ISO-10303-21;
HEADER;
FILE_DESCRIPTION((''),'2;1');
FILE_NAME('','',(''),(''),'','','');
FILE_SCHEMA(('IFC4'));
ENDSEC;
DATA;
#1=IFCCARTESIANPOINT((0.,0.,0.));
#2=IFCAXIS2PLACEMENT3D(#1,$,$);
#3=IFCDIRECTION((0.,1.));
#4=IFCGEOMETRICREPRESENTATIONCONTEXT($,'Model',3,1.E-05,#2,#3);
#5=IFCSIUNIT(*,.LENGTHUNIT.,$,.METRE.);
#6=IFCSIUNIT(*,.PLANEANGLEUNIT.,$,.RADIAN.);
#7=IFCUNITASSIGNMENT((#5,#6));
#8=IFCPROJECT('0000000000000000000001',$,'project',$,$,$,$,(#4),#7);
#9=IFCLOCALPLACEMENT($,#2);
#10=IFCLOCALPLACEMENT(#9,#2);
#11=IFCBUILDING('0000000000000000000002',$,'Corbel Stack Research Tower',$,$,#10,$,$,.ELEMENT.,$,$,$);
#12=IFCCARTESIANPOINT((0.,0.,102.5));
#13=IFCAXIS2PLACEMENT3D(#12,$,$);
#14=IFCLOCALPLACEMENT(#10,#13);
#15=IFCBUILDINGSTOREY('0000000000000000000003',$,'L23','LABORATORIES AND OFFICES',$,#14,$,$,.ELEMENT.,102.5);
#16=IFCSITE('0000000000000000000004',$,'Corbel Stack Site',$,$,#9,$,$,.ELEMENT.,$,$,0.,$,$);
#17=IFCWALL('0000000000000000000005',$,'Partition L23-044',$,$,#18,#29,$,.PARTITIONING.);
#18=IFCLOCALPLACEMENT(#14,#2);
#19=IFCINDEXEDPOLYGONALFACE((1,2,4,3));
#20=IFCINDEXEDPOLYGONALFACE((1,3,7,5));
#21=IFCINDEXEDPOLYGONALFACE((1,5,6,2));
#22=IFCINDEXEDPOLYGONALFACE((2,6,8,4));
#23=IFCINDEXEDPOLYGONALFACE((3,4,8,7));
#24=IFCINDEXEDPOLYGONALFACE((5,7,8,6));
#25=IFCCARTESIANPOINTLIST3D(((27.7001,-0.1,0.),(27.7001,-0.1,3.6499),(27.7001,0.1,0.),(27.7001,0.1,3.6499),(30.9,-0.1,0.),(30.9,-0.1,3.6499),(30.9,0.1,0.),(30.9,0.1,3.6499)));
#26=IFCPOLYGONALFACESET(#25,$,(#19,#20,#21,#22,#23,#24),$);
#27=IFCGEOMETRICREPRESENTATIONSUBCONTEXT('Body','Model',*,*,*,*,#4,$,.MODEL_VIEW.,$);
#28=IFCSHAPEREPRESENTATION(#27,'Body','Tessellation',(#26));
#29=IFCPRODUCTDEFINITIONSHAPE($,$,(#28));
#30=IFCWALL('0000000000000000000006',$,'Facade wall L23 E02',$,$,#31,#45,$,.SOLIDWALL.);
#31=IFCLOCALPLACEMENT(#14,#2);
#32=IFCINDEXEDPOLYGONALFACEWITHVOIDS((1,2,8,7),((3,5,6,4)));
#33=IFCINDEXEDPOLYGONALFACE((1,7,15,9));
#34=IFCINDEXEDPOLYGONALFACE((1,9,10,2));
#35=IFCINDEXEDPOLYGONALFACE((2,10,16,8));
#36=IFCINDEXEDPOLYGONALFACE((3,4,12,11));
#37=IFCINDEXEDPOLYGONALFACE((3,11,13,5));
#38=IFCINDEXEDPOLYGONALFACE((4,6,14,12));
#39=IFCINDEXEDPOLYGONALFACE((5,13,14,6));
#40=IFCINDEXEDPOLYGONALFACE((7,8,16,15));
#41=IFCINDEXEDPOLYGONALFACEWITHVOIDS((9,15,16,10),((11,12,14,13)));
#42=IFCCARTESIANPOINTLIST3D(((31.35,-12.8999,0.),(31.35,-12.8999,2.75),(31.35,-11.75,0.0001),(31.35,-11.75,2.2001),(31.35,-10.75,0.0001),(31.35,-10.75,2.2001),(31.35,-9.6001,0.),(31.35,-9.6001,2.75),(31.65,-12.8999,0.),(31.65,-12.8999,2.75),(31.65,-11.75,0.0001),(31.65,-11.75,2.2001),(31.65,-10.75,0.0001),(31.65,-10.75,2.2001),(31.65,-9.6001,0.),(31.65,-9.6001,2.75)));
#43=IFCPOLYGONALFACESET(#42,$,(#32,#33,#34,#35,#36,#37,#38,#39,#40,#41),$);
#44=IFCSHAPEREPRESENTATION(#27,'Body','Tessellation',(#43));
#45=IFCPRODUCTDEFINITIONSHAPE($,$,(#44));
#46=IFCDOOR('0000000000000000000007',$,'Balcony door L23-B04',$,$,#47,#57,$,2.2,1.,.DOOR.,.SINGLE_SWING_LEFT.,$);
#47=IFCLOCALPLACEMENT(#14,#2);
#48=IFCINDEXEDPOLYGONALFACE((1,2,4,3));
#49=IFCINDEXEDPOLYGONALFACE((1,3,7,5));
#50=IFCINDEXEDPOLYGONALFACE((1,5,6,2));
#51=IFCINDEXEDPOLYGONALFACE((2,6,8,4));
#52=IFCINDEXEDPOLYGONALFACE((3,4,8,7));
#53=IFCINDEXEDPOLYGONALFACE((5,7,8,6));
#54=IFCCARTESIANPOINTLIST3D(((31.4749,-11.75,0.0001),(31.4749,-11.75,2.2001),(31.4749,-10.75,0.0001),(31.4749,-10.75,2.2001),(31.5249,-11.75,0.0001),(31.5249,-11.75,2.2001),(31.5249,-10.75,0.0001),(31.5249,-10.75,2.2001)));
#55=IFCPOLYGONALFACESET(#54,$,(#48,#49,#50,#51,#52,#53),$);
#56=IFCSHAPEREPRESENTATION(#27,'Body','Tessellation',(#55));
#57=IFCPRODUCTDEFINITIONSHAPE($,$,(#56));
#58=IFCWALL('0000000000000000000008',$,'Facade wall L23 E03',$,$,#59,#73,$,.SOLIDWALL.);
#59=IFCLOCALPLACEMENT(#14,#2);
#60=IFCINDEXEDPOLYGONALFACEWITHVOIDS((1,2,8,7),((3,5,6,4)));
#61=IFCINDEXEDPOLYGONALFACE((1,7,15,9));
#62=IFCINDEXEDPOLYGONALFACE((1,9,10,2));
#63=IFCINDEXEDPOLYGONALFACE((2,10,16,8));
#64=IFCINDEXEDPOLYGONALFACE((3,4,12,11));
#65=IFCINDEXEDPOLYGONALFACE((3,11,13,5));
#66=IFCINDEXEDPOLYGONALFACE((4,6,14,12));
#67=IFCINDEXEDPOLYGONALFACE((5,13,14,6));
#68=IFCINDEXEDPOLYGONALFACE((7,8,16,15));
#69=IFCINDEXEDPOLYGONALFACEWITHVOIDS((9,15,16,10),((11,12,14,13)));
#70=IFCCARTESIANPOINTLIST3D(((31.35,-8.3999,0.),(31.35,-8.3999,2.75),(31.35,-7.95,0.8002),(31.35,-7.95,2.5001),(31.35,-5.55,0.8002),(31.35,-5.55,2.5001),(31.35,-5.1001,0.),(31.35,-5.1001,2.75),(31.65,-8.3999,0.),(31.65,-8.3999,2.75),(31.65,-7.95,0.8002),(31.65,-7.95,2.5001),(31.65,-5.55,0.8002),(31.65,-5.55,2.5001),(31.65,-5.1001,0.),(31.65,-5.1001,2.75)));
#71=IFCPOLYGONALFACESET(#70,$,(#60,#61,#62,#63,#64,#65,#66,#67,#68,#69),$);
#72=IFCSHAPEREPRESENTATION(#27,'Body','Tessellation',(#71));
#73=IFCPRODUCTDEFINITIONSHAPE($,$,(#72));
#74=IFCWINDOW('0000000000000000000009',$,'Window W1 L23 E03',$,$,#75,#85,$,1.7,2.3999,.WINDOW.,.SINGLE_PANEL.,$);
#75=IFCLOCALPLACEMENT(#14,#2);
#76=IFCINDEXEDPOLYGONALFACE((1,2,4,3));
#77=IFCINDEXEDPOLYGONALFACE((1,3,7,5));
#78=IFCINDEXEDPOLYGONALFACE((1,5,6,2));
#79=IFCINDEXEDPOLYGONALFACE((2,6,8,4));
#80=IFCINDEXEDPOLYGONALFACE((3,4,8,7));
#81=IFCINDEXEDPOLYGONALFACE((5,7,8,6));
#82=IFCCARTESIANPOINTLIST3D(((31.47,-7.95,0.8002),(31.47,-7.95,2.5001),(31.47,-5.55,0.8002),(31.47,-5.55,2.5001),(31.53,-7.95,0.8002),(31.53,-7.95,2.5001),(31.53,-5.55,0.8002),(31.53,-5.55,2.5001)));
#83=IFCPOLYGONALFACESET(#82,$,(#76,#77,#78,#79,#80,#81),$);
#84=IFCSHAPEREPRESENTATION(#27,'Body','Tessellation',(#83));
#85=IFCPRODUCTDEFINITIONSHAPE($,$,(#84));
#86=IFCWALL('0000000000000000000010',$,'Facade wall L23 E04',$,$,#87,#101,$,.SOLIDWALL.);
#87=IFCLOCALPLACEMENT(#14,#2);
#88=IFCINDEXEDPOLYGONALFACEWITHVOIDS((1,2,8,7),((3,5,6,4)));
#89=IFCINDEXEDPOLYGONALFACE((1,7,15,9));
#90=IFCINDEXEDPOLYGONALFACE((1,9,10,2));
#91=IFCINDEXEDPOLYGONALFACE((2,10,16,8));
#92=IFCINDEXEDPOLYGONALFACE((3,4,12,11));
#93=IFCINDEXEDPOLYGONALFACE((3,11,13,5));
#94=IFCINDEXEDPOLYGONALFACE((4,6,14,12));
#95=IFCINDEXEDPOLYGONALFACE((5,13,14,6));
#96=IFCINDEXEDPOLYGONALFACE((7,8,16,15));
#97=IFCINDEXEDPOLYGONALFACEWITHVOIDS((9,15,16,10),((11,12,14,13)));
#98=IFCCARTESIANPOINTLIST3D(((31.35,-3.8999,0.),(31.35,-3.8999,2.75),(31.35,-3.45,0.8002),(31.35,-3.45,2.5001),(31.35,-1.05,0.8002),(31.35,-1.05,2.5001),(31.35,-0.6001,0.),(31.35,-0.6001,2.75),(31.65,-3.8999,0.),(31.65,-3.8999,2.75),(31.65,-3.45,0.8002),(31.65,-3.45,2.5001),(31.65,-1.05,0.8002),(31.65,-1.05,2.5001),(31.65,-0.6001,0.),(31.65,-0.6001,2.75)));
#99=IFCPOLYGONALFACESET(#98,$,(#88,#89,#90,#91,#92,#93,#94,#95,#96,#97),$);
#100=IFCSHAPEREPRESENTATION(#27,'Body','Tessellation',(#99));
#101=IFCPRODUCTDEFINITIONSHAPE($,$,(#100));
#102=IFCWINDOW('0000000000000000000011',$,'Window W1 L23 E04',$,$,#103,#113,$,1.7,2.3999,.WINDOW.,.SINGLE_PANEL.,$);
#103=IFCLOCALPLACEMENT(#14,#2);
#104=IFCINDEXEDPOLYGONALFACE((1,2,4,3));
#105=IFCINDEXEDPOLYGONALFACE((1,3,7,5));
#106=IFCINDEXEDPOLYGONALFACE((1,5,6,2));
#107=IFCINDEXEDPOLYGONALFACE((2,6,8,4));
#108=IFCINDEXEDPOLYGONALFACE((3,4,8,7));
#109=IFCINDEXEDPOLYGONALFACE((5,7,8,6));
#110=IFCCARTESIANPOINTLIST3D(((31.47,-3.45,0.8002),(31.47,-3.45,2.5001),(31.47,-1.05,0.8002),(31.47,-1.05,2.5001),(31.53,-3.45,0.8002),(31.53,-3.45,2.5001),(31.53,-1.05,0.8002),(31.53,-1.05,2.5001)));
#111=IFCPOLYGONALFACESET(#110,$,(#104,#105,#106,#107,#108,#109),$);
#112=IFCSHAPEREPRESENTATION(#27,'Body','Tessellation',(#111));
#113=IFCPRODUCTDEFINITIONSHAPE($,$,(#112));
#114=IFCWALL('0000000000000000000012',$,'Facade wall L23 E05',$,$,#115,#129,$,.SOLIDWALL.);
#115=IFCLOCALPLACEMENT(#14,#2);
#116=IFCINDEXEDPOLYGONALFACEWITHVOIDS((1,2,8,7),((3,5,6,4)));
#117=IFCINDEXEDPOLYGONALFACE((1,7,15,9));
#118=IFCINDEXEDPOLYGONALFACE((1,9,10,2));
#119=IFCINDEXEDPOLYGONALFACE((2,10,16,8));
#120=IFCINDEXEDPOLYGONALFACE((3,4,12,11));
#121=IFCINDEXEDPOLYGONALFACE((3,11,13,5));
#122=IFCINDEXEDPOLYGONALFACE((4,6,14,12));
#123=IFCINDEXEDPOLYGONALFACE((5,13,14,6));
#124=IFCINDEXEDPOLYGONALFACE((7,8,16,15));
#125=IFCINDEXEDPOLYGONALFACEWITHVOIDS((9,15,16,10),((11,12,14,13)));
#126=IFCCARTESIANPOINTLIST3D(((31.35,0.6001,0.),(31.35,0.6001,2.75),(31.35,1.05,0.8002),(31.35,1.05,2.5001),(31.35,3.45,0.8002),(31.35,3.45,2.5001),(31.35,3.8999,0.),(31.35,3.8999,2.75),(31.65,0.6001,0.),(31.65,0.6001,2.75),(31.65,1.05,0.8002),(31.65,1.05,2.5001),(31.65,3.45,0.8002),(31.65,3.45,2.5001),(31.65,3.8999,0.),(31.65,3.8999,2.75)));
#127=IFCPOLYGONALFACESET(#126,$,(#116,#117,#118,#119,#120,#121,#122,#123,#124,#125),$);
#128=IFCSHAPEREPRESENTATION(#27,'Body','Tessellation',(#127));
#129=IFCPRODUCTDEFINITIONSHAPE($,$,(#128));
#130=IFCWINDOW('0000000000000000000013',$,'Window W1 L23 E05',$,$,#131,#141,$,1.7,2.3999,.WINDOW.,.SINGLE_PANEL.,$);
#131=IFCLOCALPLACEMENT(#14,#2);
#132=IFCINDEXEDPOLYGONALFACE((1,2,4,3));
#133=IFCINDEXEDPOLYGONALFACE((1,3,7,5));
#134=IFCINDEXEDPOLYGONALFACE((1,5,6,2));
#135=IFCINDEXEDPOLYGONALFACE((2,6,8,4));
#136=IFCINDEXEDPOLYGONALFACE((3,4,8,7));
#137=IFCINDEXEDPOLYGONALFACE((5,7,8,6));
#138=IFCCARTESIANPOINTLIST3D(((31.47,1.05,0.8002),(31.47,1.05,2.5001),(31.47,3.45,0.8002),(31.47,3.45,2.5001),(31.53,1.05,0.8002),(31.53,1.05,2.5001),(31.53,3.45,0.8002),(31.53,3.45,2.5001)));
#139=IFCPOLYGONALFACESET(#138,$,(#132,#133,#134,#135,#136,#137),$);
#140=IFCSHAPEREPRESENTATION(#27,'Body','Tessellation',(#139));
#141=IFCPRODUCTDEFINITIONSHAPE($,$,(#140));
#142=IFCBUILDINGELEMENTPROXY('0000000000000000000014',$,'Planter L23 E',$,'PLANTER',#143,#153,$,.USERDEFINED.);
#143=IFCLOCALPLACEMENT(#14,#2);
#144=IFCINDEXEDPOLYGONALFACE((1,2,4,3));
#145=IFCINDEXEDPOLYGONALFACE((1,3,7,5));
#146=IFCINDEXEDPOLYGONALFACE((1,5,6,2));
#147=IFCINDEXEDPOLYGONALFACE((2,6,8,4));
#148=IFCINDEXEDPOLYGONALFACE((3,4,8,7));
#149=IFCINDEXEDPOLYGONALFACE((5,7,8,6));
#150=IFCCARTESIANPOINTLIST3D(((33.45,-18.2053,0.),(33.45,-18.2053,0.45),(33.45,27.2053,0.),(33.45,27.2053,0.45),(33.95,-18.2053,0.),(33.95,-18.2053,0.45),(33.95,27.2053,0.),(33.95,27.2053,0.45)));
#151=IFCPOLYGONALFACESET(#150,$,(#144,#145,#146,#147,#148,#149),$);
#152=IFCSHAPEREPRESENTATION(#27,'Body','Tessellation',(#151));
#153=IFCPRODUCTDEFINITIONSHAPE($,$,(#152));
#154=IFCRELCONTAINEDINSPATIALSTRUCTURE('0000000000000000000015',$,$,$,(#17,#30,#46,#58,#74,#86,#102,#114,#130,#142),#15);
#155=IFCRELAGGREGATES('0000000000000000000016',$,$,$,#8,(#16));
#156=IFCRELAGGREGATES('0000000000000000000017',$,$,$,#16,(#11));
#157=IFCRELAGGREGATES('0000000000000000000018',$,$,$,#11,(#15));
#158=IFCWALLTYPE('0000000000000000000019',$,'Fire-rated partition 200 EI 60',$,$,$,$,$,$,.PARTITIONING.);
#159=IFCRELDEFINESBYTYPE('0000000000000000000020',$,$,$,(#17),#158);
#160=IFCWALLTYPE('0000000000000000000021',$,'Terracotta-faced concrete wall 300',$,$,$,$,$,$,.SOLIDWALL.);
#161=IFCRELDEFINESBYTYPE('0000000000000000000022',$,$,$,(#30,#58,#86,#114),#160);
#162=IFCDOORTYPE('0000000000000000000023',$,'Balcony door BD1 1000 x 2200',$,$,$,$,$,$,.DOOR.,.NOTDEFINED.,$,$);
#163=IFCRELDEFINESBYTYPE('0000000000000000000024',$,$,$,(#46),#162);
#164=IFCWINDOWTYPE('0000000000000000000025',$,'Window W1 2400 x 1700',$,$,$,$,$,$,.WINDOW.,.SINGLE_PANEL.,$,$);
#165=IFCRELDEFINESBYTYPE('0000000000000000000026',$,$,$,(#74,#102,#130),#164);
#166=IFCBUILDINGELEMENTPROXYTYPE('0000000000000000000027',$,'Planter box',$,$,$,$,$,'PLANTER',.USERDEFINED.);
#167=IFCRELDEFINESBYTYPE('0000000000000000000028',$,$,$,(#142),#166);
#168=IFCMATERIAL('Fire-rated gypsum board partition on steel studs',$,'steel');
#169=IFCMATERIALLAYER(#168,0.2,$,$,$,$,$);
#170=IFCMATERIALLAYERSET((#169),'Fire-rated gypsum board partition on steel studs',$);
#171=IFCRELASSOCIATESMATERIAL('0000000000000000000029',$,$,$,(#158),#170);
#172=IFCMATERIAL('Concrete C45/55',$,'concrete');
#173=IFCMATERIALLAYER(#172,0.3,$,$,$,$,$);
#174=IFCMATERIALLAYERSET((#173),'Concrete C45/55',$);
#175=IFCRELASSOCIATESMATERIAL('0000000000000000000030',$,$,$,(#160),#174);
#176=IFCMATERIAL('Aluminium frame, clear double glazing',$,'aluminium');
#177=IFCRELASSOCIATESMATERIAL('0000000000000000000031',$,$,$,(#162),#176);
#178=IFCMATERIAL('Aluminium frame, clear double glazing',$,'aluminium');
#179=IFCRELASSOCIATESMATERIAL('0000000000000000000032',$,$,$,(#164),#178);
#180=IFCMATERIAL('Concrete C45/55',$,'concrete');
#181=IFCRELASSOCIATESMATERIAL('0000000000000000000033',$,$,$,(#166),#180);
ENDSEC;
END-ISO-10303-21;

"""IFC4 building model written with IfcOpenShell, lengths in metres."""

from ifc_helpers import new_model, si_unit, direction, frame, frame_2d, origin, origin_2d, place, context, subcontext, project, spatial, rectangle, extrude, material, layer, layer_set, type_object, element, fill, save


model = new_model("IFC4")

# Units and contexts
model_context = context("Model", 3, precision=1e-05, world=origin(), true_north=direction((0.0, 1.0)))
body_context = subcontext(model_context, "Body", "Model", "MODEL_VIEW")
ifc_project = project(units=[si_unit("LENGTHUNIT", "METRE"), si_unit("PLANEANGLEUNIT", "RADIAN")], contexts=[model_context])

# Site, building, storey
site_placement = place(None, origin())
site = spatial("IfcSite", under=ifc_project, at=site_placement, Name="Corbel Stack Site", CompositionType="ELEMENT", RefElevation=0.0)
building_placement = place(site_placement, origin())
building = spatial("IfcBuilding", under=site, at=building_placement, Name="Corbel Stack Research Tower", CompositionType="ELEMENT")
storey_placement = place(building_placement, frame((0.0, 0.0, 102.5)))
storey = spatial("IfcBuildingStorey", under=building, at=storey_placement, Name="L23", Description="LABORATORIES AND OFFICES", CompositionType="ELEMENT", Elevation=102.5)

# Wall
ifc_material_1 = material(Name="Fire-rated gypsum board partition on steel studs", Category="steel")
ifc_layer_1 = layer(ifc_material_1, 0.2)
ifc_layer_set_1 = layer_set([ifc_layer_1], Name="Fire-rated gypsum board partition on steel studs")
wall_type_1 = type_object("IfcWallType", Name="Fire-rated partition 200 EI 60", PredefinedType="PARTITIONING", material=ifc_layer_set_1)
wall_1_placement = place(storey_placement, frame((27.7, 0.0, 0.0), z_axis=(0.0, 0.0, 1.0), x_axis=(1.0, 0.0, 0.0)))
element("IfcWall", 1, at=wall_1_placement, inside=storey, type_object=wall_type_1, Name="Partition L23-044", PredefinedType="PARTITIONING", context=body_context, shape_type="SweptSolid", body=[
    extrude(rectangle(XDim=3.2, YDim=0.2, at=frame_2d((1.6001, 0.0))), origin(), (0.0, 0.0, 1.0), 3.6499),
])

# Wall, opening, door
ifc_material_2 = material(Name="Concrete C45/55", Category="concrete")
ifc_layer_2 = layer(ifc_material_2, 0.3)
ifc_layer_set_2 = layer_set([ifc_layer_2], Name="Concrete C45/55")
wall_type_2 = type_object("IfcWallType", Name="Terracotta-faced concrete wall 300", PredefinedType="SOLIDWALL", material=ifc_layer_set_2)
wall_2_placement = place(storey_placement, frame((31.5, -9.6001, 0.0), z_axis=(0.0, 0.0, 1.0), x_axis=(0.0, -1.0, 0.0)))
wall_2 = element("IfcWall", 2, at=wall_2_placement, inside=storey, type_object=wall_type_2, Name="Facade wall L23 E02", PredefinedType="SOLIDWALL", context=body_context, shape_type="SweptSolid", body=[
    extrude(rectangle(XDim=3.2998, YDim=0.3, at=frame_2d((1.6499, 0.0))), origin(), (0.0, 0.0, 1.0), 2.75),
])
opening_1_placement = place(wall_2_placement, frame((1.1499, 0.0, 0.0)))
opening_1 = element("IfcOpeningElement", 3, at=opening_1_placement, cuts=wall_2, PredefinedType="OPENING", context=body_context, shape_type="SweptSolid", body=[
    extrude(rectangle(XDim=1.0, YDim=2.2, at=frame_2d((0.5, 1.1001))), frame((0.0, 0.1599, 0.0), z_axis=(0.0, -1.0, 0.0), x_axis=(1.0, 0.0, 0.0)), (0.0, 0.0, 1.0), 0.3201),
])
ifc_material_3 = material(Name="Aluminium frame, clear double glazing", Category="aluminium")
door_type = type_object("IfcDoorType", Name="Balcony door BD1 1000 x 2200", OperationType="NOTDEFINED", PredefinedType="DOOR", material=ifc_material_3)
door_placement = place(opening_1_placement, origin())
door = element("IfcDoor", 4, at=door_placement, inside=storey, type_object=door_type, Name="Balcony door L23-B04", OperationType="SINGLE_SWING_LEFT", OverallHeight=2.2, OverallWidth=1.0, PredefinedType="DOOR", context=body_context, shape_type="SweptSolid", body=[
    extrude(rectangle(XDim=1.0, YDim=2.2, at=frame_2d((0.5, 1.1001))), frame((0.0, 0.0249, 0.0), z_axis=(0.0, -1.0, 0.0), x_axis=(1.0, 0.0, 0.0)), (0.0, 0.0, 1.0), 0.05),
])
fill(opening_1, door)

# Walls, openings, windows
wall_3_placement = place(storey_placement, frame((31.5, -5.1001, 0.0), z_axis=(0.0, 0.0, 1.0), x_axis=(0.0, -1.0, 0.0)))
wall_3 = element("IfcWall", 5, at=wall_3_placement, inside=storey, type_object=wall_type_2, Name="Facade wall L23 E03", PredefinedType="SOLIDWALL", context=body_context, shape_type="SweptSolid", body=[
    extrude(rectangle(XDim=3.2998, YDim=0.3, at=frame_2d((1.6499, 0.0))), origin(), (0.0, 0.0, 1.0), 2.75),
])
opening_2_placement = place(wall_3_placement, frame((0.45, 0.0, 0.8)))
opening_2 = element("IfcOpeningElement", 6, at=opening_2_placement, cuts=wall_3, PredefinedType="OPENING", context=body_context, shape_type="SweptSolid", body=[
    extrude(rectangle(XDim=2.3999, YDim=1.7, at=frame_2d((1.2, 0.8501))), frame((0.0, 0.1599, 0.0), z_axis=(0.0, -1.0, 0.0), x_axis=(1.0, 0.0, 0.0)), (0.0, 0.0, 1.0), 0.3201),
])
ifc_material_4 = material(Name="Aluminium frame, clear double glazing", Category="aluminium")
window_type = type_object("IfcWindowType", Name="Window W1 2400 x 1700", PartitioningType="SINGLE_PANEL", PredefinedType="WINDOW", material=ifc_material_4)
window_1_placement = place(opening_2_placement, origin())
window_1 = element("IfcWindow", 7, at=window_1_placement, inside=storey, type_object=window_type, Name="Window W1 L23 E03", OverallHeight=1.7, OverallWidth=2.3999, PartitioningType="SINGLE_PANEL", PredefinedType="WINDOW", context=body_context, shape_type="SweptSolid", body=[
    extrude(rectangle(XDim=2.3999, YDim=1.7, at=frame_2d((1.2, 0.8501))), frame((0.0, 0.03, 0.0), z_axis=(0.0, -1.0, 0.0), x_axis=(1.0, 0.0, 0.0)), (0.0, 0.0, 1.0), 0.0601),
])
fill(opening_2, window_1)
wall_4_placement = place(storey_placement, frame((31.5, -0.6001, 0.0), z_axis=(0.0, 0.0, 1.0), x_axis=(0.0, -1.0, 0.0)))
wall_4 = element("IfcWall", 8, at=wall_4_placement, inside=storey, type_object=wall_type_2, Name="Facade wall L23 E04", PredefinedType="SOLIDWALL", context=body_context, shape_type="SweptSolid", body=[
    extrude(rectangle(XDim=3.2998, YDim=0.3, at=frame_2d((1.6499, 0.0))), origin(), (0.0, 0.0, 1.0), 2.75),
])
opening_3_placement = place(wall_4_placement, frame((0.45, 0.0, 0.8)))
opening_3 = element("IfcOpeningElement", 9, at=opening_3_placement, cuts=wall_4, PredefinedType="OPENING", context=body_context, shape_type="SweptSolid", body=[
    extrude(rectangle(XDim=2.3999, YDim=1.7, at=frame_2d((1.2, 0.8501))), frame((0.0, 0.1599, 0.0), z_axis=(0.0, -1.0, 0.0), x_axis=(1.0, 0.0, 0.0)), (0.0, 0.0, 1.0), 0.3201),
])
window_2_placement = place(opening_3_placement, origin())
window_2 = element("IfcWindow", 10, at=window_2_placement, inside=storey, type_object=window_type, Name="Window W1 L23 E04", OverallHeight=1.7, OverallWidth=2.3999, PartitioningType="SINGLE_PANEL", PredefinedType="WINDOW", context=body_context, shape_type="SweptSolid", body=[
    extrude(rectangle(XDim=2.3999, YDim=1.7, at=frame_2d((1.2, 0.8501))), frame((0.0, 0.03, 0.0), z_axis=(0.0, -1.0, 0.0), x_axis=(1.0, 0.0, 0.0)), (0.0, 0.0, 1.0), 0.0601),
])
fill(opening_3, window_2)
wall_5_placement = place(storey_placement, frame((31.5, 3.8999, 0.0), z_axis=(0.0, 0.0, 1.0), x_axis=(0.0, -1.0, 0.0)))
wall_5 = element("IfcWall", 11, at=wall_5_placement, inside=storey, type_object=wall_type_2, Name="Facade wall L23 E05", PredefinedType="SOLIDWALL", context=body_context, shape_type="SweptSolid", body=[
    extrude(rectangle(XDim=3.2998, YDim=0.3, at=frame_2d((1.6499, 0.0))), origin(), (0.0, 0.0, 1.0), 2.75),
])
opening_4_placement = place(wall_5_placement, frame((0.45, 0.0, 0.8)))
opening_4 = element("IfcOpeningElement", 12, at=opening_4_placement, cuts=wall_5, PredefinedType="OPENING", context=body_context, shape_type="SweptSolid", body=[
    extrude(rectangle(XDim=2.3999, YDim=1.7, at=frame_2d((1.2, 0.8501))), frame((0.0, 0.1599, 0.0), z_axis=(0.0, -1.0, 0.0), x_axis=(1.0, 0.0, 0.0)), (0.0, 0.0, 1.0), 0.3201),
])
window_3_placement = place(opening_4_placement, origin())
window_3 = element("IfcWindow", 13, at=window_3_placement, inside=storey, type_object=window_type, Name="Window W1 L23 E05", OverallHeight=1.7, OverallWidth=2.3999, PartitioningType="SINGLE_PANEL", PredefinedType="WINDOW", context=body_context, shape_type="SweptSolid", body=[
    extrude(rectangle(XDim=2.3999, YDim=1.7, at=frame_2d((1.2, 0.8501))), frame((0.0, 0.03, 0.0), z_axis=(0.0, -1.0, 0.0), x_axis=(1.0, 0.0, 0.0)), (0.0, 0.0, 1.0), 0.0601),
])
fill(opening_4, window_3)

# Building element proxy
ifc_material_5 = material(Name="Concrete C45/55", Category="concrete")
building_element_proxy_type = type_object("IfcBuildingElementProxyType", Name="Planter box", ElementType="PLANTER", PredefinedType="USERDEFINED", material=ifc_material_5)
proxy_placement = place(storey_placement, frame((33.7, 4.5, 0.0), z_axis=(0.0, 0.0, 1.0), x_axis=(0.0, 1.0, 0.0)))
element("IfcBuildingElementProxy", 14, at=proxy_placement, inside=storey, type_object=building_element_proxy_type, Name="Planter L23 E", ObjectType="PLANTER", PredefinedType="USERDEFINED", context=body_context, shape_type="SweptSolid", body=[
    extrude(rectangle(XDim=45.4106, YDim=0.5, at=origin_2d()), origin(), (0.0, 0.0, 1.0), 0.45),
])

save(model, "model.ifc")
